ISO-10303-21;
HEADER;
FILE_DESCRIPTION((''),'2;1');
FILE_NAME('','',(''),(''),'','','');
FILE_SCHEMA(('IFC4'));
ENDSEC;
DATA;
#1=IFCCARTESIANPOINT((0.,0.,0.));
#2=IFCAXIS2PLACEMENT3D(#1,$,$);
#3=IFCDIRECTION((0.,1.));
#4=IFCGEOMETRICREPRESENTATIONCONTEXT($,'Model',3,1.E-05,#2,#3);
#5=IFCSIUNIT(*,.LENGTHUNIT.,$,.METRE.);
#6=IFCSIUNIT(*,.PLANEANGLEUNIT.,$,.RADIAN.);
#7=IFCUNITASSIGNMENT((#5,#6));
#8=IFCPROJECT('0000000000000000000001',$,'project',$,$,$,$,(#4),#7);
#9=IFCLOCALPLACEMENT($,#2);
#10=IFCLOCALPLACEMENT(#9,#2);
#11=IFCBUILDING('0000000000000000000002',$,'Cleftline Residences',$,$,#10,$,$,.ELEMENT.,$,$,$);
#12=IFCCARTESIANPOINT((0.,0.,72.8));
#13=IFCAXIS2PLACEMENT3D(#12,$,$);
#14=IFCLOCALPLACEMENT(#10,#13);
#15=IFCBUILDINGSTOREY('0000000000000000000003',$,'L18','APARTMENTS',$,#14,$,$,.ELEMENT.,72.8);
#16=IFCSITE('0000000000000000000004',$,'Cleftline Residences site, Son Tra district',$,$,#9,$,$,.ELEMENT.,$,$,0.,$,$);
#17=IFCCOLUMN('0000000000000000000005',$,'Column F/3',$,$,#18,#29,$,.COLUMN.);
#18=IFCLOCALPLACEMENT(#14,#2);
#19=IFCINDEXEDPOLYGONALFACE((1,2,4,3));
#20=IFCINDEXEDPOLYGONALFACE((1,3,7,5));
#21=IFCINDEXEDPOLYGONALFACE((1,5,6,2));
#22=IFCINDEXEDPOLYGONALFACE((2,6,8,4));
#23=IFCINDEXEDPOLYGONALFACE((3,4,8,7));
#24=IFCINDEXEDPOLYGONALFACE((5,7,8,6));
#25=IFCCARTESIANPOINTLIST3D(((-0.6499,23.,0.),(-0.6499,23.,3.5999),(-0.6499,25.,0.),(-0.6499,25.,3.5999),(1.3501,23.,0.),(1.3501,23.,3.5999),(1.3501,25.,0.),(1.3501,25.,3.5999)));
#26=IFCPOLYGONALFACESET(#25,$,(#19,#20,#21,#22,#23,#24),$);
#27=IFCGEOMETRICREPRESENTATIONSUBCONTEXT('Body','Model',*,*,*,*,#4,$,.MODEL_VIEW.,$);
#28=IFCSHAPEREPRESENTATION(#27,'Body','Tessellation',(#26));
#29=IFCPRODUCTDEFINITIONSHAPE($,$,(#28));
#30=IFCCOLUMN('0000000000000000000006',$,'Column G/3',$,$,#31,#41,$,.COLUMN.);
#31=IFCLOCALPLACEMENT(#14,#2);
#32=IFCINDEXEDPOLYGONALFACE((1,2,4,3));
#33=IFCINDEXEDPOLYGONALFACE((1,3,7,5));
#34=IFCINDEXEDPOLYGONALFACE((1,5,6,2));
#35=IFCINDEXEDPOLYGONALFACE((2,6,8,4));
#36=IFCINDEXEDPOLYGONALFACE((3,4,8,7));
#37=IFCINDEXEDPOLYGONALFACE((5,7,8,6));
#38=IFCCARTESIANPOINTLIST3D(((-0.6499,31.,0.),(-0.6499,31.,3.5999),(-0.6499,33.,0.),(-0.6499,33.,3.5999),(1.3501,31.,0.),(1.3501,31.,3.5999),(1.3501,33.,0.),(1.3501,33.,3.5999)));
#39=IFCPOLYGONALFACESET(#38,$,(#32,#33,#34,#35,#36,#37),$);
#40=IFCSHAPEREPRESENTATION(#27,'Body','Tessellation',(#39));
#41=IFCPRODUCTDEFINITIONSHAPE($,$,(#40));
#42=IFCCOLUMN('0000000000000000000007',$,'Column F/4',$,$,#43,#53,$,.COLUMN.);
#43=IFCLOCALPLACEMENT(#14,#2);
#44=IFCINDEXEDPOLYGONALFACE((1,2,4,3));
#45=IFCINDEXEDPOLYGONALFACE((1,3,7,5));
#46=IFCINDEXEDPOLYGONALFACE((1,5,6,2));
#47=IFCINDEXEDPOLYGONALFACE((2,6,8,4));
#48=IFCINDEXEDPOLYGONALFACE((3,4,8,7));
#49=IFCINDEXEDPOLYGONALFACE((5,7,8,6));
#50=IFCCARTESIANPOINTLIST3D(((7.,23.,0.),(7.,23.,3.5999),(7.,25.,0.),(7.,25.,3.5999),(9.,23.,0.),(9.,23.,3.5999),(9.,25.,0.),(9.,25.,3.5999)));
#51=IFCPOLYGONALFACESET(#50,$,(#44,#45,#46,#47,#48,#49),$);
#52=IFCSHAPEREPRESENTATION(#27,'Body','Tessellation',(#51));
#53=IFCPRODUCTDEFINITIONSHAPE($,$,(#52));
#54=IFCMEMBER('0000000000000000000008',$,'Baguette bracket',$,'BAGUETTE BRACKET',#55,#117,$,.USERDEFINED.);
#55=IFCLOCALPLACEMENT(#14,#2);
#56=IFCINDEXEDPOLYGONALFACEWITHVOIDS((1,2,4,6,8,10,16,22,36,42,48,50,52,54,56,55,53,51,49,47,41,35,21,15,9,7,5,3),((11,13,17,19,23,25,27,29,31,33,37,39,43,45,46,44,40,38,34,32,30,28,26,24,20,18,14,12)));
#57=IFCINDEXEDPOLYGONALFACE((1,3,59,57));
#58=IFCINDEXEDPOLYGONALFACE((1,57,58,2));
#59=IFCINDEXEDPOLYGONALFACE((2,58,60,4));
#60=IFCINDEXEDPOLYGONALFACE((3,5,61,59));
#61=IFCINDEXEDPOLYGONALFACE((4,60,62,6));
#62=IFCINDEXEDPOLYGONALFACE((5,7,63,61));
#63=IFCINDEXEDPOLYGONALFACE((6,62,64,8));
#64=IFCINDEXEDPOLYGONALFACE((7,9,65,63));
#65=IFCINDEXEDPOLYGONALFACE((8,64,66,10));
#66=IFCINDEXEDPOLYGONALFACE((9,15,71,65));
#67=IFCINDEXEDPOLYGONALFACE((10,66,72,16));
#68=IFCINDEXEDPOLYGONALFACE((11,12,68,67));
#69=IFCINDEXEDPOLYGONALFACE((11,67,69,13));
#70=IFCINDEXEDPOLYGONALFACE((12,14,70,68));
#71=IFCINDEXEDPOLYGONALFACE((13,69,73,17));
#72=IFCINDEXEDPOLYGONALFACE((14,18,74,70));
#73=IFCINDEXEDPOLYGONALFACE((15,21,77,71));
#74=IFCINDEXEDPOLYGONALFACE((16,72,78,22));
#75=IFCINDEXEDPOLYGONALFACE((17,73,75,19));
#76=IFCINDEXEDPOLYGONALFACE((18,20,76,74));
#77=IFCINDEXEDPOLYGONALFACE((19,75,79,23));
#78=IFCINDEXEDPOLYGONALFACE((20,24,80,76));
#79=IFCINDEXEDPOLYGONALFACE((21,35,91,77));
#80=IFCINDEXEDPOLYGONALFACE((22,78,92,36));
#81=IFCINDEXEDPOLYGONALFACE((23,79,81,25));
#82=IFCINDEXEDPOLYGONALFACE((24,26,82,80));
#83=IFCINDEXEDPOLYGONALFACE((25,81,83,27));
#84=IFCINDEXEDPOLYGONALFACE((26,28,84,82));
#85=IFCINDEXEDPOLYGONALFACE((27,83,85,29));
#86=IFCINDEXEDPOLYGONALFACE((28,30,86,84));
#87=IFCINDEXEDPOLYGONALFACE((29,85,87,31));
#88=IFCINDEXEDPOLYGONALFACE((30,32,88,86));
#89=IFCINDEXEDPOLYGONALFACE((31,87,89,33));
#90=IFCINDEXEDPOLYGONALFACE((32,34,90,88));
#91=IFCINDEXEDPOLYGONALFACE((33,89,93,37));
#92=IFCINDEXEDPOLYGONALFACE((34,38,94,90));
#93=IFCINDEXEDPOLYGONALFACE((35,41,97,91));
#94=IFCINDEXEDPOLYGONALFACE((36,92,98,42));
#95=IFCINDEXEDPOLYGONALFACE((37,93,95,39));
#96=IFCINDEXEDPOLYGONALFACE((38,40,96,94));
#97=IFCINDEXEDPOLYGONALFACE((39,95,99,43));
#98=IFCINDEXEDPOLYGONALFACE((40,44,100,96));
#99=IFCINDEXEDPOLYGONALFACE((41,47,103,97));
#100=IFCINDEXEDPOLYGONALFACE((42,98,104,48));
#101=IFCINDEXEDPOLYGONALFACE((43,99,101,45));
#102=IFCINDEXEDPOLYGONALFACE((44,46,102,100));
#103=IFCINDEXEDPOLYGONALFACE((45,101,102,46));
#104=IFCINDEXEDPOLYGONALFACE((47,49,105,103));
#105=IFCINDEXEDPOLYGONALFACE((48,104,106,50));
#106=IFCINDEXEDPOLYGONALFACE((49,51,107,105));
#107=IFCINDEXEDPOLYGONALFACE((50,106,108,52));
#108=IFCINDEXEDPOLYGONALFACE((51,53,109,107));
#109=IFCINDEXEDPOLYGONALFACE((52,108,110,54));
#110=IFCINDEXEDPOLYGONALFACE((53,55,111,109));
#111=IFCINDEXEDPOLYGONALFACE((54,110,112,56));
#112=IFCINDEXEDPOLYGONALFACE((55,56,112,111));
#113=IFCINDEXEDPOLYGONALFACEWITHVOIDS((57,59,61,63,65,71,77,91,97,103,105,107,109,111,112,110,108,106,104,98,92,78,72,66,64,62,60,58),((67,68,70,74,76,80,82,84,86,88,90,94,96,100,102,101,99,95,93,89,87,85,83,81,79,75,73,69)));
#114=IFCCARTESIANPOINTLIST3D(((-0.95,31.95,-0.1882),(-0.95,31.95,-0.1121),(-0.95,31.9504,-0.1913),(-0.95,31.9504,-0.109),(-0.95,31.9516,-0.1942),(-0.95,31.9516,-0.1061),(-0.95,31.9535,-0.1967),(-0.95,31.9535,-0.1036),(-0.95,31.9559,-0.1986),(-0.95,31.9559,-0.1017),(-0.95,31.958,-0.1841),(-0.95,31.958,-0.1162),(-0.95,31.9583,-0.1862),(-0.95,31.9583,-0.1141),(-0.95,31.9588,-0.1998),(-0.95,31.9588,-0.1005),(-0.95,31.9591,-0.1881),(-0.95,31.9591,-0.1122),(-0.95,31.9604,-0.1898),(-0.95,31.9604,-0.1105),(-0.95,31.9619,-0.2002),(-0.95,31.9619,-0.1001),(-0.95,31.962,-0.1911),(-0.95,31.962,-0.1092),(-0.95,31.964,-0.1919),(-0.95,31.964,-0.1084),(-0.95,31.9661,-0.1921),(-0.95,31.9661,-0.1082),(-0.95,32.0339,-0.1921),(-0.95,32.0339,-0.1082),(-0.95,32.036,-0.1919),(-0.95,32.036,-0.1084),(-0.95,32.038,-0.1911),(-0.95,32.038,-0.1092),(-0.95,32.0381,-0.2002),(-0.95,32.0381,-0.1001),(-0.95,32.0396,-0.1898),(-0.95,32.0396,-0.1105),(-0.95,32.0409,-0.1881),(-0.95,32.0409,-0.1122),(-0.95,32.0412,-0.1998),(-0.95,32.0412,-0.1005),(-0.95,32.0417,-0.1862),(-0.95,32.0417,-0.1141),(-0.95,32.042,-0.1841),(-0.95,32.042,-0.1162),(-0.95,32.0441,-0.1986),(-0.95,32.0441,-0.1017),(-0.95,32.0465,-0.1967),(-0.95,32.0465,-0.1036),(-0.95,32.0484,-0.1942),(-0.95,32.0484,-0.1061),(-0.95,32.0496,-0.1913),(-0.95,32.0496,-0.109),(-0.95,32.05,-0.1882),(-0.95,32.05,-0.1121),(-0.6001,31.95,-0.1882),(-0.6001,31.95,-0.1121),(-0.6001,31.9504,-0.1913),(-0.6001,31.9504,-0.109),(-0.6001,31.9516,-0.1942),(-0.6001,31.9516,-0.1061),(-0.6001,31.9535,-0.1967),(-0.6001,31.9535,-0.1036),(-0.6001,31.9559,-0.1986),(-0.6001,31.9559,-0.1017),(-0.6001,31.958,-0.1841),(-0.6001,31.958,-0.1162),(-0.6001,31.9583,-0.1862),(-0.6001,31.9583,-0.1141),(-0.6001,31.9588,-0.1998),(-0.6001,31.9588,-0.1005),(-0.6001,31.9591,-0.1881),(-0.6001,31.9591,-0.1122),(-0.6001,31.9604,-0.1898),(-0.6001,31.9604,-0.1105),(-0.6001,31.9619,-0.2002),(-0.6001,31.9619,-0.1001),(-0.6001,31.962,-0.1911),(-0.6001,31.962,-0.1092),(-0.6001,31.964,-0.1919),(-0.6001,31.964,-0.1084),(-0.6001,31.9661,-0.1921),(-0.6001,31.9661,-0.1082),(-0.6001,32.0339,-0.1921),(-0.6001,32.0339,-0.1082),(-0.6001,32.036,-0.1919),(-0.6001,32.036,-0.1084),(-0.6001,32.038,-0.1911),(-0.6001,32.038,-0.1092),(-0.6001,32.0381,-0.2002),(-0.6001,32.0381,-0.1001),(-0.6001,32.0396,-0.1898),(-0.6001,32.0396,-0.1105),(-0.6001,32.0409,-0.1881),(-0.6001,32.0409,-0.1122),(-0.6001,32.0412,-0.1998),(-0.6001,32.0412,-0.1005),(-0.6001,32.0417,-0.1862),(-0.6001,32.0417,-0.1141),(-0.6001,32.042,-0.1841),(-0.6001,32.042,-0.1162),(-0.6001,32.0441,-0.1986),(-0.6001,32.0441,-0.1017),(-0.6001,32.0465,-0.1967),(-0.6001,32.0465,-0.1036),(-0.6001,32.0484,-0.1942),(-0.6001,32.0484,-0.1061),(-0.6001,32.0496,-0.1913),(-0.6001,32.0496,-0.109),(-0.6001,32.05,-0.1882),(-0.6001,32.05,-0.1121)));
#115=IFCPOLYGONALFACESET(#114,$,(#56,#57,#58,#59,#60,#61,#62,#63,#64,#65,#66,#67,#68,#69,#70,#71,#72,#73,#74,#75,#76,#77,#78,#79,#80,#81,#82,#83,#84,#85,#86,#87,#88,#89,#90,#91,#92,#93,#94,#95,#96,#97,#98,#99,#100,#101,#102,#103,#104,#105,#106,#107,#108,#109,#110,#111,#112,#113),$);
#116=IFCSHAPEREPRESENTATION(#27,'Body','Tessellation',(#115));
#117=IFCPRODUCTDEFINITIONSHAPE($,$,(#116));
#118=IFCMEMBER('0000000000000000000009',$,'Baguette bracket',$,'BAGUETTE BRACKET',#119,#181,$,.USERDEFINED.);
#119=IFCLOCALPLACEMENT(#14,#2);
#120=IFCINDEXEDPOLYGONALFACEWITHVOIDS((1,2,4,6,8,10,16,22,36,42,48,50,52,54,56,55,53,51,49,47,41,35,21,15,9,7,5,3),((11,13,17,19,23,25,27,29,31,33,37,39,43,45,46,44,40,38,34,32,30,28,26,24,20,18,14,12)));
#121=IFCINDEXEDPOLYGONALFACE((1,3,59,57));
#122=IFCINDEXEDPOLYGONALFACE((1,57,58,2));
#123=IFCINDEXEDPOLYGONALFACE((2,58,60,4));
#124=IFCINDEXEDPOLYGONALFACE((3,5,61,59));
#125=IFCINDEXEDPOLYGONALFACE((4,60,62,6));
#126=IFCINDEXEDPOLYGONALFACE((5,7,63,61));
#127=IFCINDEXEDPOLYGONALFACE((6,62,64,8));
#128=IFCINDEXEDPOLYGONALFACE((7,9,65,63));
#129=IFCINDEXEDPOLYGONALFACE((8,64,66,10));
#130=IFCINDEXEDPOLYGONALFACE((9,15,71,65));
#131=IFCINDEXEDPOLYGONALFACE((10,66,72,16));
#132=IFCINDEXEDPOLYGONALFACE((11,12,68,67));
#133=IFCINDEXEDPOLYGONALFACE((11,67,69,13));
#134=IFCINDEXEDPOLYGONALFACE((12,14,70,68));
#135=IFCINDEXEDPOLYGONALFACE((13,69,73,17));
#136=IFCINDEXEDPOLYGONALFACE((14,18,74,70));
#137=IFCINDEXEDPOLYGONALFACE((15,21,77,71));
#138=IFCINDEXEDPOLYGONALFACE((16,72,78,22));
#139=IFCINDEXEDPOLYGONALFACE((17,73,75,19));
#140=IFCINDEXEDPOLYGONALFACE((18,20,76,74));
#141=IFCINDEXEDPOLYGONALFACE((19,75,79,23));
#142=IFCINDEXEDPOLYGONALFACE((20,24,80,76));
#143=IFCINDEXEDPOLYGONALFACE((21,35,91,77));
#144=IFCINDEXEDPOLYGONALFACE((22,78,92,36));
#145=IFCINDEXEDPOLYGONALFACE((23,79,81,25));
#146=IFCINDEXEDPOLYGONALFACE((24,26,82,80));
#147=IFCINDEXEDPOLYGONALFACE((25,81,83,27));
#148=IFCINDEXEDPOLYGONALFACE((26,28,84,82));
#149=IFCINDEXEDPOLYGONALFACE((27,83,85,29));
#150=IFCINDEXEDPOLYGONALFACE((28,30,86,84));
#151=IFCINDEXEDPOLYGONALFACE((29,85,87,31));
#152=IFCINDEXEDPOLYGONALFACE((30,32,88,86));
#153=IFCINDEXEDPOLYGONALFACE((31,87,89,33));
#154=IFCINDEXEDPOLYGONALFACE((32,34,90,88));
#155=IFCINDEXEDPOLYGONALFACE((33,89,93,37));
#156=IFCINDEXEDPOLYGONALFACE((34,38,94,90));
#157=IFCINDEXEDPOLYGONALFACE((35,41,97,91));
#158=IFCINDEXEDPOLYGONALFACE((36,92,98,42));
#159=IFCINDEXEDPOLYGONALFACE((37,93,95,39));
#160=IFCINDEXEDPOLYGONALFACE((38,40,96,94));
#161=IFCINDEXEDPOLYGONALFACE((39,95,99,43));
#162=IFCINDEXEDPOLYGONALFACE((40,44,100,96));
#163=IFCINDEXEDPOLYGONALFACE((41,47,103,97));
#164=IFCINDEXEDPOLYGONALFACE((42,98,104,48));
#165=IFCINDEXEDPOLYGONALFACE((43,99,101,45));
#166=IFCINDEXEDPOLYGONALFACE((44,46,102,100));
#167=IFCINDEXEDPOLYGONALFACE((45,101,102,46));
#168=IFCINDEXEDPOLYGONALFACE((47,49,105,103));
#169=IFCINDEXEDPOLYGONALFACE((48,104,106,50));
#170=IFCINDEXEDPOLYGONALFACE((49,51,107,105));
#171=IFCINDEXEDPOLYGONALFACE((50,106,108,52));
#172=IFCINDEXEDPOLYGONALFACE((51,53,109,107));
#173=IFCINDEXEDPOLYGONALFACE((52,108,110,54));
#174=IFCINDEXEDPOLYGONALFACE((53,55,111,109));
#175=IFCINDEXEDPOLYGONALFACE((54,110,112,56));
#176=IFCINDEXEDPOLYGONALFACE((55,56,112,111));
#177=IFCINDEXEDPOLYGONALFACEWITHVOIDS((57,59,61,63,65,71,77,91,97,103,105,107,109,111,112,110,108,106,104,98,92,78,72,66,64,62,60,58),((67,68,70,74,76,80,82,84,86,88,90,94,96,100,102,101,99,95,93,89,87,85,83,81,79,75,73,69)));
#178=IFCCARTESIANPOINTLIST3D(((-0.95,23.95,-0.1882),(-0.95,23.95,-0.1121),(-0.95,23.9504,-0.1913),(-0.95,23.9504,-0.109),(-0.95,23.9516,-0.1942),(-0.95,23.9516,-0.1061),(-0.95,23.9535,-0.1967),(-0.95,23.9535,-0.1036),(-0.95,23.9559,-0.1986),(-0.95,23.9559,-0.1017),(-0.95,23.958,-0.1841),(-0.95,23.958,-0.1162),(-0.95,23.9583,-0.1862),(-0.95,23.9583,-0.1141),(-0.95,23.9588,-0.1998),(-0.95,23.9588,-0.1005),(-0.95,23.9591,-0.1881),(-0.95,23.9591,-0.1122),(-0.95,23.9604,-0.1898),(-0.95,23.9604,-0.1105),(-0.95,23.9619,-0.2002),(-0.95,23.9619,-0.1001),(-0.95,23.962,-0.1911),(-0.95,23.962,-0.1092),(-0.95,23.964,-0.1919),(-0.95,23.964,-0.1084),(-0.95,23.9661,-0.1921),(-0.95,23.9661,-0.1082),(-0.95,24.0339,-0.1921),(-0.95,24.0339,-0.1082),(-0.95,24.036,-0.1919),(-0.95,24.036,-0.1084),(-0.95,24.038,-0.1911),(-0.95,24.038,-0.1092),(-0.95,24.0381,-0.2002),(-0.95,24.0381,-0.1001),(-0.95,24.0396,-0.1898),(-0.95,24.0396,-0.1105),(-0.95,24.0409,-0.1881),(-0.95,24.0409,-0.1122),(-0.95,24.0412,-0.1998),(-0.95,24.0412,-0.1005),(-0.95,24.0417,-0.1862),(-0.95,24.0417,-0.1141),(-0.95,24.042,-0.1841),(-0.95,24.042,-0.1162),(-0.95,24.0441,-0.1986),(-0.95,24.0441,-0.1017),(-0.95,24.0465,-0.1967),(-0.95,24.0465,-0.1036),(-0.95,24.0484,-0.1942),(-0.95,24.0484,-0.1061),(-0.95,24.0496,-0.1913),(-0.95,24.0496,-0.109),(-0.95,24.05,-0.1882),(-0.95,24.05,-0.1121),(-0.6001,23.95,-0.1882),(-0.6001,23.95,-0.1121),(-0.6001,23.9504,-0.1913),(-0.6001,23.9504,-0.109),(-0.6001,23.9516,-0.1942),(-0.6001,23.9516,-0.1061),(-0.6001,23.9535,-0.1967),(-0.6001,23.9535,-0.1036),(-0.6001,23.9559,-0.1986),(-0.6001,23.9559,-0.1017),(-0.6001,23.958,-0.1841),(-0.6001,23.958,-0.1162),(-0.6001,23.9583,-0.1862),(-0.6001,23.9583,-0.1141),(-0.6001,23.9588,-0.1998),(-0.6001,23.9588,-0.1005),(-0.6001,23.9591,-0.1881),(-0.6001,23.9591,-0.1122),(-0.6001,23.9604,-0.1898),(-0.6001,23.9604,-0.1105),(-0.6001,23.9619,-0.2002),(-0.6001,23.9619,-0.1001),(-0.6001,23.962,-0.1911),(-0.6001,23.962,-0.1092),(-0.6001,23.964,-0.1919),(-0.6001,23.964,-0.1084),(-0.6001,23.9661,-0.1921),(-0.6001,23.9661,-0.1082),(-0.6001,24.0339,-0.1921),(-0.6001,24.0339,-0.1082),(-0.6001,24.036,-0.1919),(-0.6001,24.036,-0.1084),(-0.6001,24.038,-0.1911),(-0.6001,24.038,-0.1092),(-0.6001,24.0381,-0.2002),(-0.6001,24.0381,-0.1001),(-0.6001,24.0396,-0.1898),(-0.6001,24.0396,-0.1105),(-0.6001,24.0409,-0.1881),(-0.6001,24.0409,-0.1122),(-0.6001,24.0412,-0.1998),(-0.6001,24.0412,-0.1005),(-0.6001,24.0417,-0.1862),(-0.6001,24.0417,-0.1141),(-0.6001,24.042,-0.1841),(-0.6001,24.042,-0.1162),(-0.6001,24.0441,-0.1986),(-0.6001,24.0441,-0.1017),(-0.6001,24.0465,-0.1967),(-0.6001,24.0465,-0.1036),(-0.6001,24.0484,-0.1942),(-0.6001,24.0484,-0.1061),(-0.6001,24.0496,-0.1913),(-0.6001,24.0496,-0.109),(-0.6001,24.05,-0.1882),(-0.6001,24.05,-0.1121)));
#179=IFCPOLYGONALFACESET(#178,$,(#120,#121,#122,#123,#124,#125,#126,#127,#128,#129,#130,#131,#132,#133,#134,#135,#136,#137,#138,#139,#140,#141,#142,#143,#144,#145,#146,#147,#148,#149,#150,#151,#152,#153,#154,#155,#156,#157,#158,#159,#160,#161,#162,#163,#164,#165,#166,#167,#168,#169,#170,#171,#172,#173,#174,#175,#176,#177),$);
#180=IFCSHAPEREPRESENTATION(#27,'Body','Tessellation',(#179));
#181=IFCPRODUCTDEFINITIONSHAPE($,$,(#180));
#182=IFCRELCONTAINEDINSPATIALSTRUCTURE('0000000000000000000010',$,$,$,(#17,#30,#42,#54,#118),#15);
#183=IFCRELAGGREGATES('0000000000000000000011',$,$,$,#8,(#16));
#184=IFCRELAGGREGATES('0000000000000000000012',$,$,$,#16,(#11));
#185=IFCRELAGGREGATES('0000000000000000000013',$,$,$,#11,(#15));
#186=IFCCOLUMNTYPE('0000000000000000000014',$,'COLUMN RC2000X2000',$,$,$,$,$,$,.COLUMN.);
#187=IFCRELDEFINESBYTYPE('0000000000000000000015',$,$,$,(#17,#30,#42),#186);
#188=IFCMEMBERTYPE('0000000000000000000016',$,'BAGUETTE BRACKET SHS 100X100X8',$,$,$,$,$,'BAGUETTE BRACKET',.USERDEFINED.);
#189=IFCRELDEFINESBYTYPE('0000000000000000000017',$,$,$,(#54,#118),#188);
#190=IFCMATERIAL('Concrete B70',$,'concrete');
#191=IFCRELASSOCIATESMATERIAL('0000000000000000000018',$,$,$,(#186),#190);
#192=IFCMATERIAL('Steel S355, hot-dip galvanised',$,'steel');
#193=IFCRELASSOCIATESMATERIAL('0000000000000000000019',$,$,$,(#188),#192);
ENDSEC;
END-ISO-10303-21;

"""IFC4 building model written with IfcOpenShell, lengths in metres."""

from ifc_helpers import new_model, si_unit, direction, frame, origin, origin_2d, place, context, subcontext, project, spatial, rectangle, hollow_rectangle, extrude, material, material_profile, profile_set, type_object, element, save


model = new_model("IFC4")

# Units and contexts
model_context = context("Model", 3, precision=1e-05, world=origin(), true_north=direction((0.0, 1.0)))
body_context = subcontext(model_context, "Body", "Model", "MODEL_VIEW")
ifc_project = project(units=[si_unit("LENGTHUNIT", "METRE"), si_unit("PLANEANGLEUNIT", "RADIAN")], contexts=[model_context])

# Site, building, storey
site_placement = place(None, origin())
site = spatial("IfcSite", under=ifc_project, at=site_placement, Name="Cleftline Residences site, Son Tra district", CompositionType="ELEMENT", RefElevation=0.0)
building_placement = place(site_placement, origin())
building = spatial("IfcBuilding", under=site, at=building_placement, Name="Cleftline Residences", CompositionType="ELEMENT")
storey_placement = place(building_placement, frame((0.0, 0.0, 72.8)))
storey = spatial("IfcBuildingStorey", under=building, at=storey_placement, Name="L18", Description="APARTMENTS", CompositionType="ELEMENT", Elevation=72.8)

# Columns
ifc_material_1 = material(Name="Concrete B70", Category="concrete")
ifc_material_profile_1 = material_profile(ifc_material_1, rectangle(XDim=2.0, YDim=2.0, at=origin_2d()))
ifc_profile_set_1 = profile_set([ifc_material_profile_1], Name="Concrete B70")
column_type = type_object("IfcColumnType", Name="COLUMN RC2000X2000", PredefinedType="COLUMN", material=ifc_profile_set_1)
for number, where, z_axis, x_axis, name in (
    (1, (0.3501, 24.0, 0.0), (0.0, 0.0, 1.0), (1.0, 0.0, 0.0), "Column F/3"),
    (2, (0.3501, 32.0, 0.0), (0.0, 0.0, 1.0), (1.0, 0.0, 0.0), "Column G/3"),
    (3, (8.0, 24.0, 0.0), (0.0, 0.0, 1.0), (1.0, 0.0, 0.0), "Column F/4"),
):
    element("IfcColumn", number, at=place(storey_placement, frame(where, z_axis=z_axis, x_axis=x_axis)), inside=storey, type_object=column_type, Name=name, PredefinedType="COLUMN", context=body_context, shape_type="SweptSolid", body=[
        extrude(rectangle(XDim=2.0, YDim=2.0, at=origin_2d()), origin(), (0.0, 0.0, 1.0), 3.5999),
    ])

# Members
ifc_material_2 = material(Name="Steel S355, hot-dip galvanised", Category="steel")
ifc_material_profile_2 = material_profile(ifc_material_2, hollow_rectangle(XDim=0.1001, YDim=0.1001, WallThickness=0.0081, InnerFilletRadius=0.0081, OuterFilletRadius=0.012, at=origin_2d()))
ifc_profile_set_2 = profile_set([ifc_material_profile_2], Name="Steel S355, hot-dip galvanised")
member_type_1 = type_object("IfcMemberType", Name="BAGUETTE BRACKET SHS 100X100X8", ElementType="BAGUETTE BRACKET", PredefinedType="USERDEFINED", material=ifc_profile_set_2)
for number, where, z_axis, x_axis, name in (
    (4, (-0.6001, 32.0, -0.1501), (-1.0, 0.0, 0.0), (0.0, -1.0, 0.0), "Baguette bracket"),
    (5, (-0.6001, 24.0, -0.1501), (-1.0, 0.0, 0.0), (0.0, -1.0, 0.0), "Baguette bracket"),
):
    element("IfcMember", number, at=place(storey_placement, frame(where, z_axis=z_axis, x_axis=x_axis)), inside=storey, type_object=member_type_1, Name=name, ObjectType="BAGUETTE BRACKET", PredefinedType="USERDEFINED", context=body_context, shape_type="SweptSolid", body=[
        extrude(hollow_rectangle(XDim=0.1001, YDim=0.1001, WallThickness=0.0081, InnerFilletRadius=0.0081, OuterFilletRadius=0.012, at=origin_2d()), origin(), (0.0, 0.0, 1.0), 0.3499),
    ])

save(model, "model.ifc")
